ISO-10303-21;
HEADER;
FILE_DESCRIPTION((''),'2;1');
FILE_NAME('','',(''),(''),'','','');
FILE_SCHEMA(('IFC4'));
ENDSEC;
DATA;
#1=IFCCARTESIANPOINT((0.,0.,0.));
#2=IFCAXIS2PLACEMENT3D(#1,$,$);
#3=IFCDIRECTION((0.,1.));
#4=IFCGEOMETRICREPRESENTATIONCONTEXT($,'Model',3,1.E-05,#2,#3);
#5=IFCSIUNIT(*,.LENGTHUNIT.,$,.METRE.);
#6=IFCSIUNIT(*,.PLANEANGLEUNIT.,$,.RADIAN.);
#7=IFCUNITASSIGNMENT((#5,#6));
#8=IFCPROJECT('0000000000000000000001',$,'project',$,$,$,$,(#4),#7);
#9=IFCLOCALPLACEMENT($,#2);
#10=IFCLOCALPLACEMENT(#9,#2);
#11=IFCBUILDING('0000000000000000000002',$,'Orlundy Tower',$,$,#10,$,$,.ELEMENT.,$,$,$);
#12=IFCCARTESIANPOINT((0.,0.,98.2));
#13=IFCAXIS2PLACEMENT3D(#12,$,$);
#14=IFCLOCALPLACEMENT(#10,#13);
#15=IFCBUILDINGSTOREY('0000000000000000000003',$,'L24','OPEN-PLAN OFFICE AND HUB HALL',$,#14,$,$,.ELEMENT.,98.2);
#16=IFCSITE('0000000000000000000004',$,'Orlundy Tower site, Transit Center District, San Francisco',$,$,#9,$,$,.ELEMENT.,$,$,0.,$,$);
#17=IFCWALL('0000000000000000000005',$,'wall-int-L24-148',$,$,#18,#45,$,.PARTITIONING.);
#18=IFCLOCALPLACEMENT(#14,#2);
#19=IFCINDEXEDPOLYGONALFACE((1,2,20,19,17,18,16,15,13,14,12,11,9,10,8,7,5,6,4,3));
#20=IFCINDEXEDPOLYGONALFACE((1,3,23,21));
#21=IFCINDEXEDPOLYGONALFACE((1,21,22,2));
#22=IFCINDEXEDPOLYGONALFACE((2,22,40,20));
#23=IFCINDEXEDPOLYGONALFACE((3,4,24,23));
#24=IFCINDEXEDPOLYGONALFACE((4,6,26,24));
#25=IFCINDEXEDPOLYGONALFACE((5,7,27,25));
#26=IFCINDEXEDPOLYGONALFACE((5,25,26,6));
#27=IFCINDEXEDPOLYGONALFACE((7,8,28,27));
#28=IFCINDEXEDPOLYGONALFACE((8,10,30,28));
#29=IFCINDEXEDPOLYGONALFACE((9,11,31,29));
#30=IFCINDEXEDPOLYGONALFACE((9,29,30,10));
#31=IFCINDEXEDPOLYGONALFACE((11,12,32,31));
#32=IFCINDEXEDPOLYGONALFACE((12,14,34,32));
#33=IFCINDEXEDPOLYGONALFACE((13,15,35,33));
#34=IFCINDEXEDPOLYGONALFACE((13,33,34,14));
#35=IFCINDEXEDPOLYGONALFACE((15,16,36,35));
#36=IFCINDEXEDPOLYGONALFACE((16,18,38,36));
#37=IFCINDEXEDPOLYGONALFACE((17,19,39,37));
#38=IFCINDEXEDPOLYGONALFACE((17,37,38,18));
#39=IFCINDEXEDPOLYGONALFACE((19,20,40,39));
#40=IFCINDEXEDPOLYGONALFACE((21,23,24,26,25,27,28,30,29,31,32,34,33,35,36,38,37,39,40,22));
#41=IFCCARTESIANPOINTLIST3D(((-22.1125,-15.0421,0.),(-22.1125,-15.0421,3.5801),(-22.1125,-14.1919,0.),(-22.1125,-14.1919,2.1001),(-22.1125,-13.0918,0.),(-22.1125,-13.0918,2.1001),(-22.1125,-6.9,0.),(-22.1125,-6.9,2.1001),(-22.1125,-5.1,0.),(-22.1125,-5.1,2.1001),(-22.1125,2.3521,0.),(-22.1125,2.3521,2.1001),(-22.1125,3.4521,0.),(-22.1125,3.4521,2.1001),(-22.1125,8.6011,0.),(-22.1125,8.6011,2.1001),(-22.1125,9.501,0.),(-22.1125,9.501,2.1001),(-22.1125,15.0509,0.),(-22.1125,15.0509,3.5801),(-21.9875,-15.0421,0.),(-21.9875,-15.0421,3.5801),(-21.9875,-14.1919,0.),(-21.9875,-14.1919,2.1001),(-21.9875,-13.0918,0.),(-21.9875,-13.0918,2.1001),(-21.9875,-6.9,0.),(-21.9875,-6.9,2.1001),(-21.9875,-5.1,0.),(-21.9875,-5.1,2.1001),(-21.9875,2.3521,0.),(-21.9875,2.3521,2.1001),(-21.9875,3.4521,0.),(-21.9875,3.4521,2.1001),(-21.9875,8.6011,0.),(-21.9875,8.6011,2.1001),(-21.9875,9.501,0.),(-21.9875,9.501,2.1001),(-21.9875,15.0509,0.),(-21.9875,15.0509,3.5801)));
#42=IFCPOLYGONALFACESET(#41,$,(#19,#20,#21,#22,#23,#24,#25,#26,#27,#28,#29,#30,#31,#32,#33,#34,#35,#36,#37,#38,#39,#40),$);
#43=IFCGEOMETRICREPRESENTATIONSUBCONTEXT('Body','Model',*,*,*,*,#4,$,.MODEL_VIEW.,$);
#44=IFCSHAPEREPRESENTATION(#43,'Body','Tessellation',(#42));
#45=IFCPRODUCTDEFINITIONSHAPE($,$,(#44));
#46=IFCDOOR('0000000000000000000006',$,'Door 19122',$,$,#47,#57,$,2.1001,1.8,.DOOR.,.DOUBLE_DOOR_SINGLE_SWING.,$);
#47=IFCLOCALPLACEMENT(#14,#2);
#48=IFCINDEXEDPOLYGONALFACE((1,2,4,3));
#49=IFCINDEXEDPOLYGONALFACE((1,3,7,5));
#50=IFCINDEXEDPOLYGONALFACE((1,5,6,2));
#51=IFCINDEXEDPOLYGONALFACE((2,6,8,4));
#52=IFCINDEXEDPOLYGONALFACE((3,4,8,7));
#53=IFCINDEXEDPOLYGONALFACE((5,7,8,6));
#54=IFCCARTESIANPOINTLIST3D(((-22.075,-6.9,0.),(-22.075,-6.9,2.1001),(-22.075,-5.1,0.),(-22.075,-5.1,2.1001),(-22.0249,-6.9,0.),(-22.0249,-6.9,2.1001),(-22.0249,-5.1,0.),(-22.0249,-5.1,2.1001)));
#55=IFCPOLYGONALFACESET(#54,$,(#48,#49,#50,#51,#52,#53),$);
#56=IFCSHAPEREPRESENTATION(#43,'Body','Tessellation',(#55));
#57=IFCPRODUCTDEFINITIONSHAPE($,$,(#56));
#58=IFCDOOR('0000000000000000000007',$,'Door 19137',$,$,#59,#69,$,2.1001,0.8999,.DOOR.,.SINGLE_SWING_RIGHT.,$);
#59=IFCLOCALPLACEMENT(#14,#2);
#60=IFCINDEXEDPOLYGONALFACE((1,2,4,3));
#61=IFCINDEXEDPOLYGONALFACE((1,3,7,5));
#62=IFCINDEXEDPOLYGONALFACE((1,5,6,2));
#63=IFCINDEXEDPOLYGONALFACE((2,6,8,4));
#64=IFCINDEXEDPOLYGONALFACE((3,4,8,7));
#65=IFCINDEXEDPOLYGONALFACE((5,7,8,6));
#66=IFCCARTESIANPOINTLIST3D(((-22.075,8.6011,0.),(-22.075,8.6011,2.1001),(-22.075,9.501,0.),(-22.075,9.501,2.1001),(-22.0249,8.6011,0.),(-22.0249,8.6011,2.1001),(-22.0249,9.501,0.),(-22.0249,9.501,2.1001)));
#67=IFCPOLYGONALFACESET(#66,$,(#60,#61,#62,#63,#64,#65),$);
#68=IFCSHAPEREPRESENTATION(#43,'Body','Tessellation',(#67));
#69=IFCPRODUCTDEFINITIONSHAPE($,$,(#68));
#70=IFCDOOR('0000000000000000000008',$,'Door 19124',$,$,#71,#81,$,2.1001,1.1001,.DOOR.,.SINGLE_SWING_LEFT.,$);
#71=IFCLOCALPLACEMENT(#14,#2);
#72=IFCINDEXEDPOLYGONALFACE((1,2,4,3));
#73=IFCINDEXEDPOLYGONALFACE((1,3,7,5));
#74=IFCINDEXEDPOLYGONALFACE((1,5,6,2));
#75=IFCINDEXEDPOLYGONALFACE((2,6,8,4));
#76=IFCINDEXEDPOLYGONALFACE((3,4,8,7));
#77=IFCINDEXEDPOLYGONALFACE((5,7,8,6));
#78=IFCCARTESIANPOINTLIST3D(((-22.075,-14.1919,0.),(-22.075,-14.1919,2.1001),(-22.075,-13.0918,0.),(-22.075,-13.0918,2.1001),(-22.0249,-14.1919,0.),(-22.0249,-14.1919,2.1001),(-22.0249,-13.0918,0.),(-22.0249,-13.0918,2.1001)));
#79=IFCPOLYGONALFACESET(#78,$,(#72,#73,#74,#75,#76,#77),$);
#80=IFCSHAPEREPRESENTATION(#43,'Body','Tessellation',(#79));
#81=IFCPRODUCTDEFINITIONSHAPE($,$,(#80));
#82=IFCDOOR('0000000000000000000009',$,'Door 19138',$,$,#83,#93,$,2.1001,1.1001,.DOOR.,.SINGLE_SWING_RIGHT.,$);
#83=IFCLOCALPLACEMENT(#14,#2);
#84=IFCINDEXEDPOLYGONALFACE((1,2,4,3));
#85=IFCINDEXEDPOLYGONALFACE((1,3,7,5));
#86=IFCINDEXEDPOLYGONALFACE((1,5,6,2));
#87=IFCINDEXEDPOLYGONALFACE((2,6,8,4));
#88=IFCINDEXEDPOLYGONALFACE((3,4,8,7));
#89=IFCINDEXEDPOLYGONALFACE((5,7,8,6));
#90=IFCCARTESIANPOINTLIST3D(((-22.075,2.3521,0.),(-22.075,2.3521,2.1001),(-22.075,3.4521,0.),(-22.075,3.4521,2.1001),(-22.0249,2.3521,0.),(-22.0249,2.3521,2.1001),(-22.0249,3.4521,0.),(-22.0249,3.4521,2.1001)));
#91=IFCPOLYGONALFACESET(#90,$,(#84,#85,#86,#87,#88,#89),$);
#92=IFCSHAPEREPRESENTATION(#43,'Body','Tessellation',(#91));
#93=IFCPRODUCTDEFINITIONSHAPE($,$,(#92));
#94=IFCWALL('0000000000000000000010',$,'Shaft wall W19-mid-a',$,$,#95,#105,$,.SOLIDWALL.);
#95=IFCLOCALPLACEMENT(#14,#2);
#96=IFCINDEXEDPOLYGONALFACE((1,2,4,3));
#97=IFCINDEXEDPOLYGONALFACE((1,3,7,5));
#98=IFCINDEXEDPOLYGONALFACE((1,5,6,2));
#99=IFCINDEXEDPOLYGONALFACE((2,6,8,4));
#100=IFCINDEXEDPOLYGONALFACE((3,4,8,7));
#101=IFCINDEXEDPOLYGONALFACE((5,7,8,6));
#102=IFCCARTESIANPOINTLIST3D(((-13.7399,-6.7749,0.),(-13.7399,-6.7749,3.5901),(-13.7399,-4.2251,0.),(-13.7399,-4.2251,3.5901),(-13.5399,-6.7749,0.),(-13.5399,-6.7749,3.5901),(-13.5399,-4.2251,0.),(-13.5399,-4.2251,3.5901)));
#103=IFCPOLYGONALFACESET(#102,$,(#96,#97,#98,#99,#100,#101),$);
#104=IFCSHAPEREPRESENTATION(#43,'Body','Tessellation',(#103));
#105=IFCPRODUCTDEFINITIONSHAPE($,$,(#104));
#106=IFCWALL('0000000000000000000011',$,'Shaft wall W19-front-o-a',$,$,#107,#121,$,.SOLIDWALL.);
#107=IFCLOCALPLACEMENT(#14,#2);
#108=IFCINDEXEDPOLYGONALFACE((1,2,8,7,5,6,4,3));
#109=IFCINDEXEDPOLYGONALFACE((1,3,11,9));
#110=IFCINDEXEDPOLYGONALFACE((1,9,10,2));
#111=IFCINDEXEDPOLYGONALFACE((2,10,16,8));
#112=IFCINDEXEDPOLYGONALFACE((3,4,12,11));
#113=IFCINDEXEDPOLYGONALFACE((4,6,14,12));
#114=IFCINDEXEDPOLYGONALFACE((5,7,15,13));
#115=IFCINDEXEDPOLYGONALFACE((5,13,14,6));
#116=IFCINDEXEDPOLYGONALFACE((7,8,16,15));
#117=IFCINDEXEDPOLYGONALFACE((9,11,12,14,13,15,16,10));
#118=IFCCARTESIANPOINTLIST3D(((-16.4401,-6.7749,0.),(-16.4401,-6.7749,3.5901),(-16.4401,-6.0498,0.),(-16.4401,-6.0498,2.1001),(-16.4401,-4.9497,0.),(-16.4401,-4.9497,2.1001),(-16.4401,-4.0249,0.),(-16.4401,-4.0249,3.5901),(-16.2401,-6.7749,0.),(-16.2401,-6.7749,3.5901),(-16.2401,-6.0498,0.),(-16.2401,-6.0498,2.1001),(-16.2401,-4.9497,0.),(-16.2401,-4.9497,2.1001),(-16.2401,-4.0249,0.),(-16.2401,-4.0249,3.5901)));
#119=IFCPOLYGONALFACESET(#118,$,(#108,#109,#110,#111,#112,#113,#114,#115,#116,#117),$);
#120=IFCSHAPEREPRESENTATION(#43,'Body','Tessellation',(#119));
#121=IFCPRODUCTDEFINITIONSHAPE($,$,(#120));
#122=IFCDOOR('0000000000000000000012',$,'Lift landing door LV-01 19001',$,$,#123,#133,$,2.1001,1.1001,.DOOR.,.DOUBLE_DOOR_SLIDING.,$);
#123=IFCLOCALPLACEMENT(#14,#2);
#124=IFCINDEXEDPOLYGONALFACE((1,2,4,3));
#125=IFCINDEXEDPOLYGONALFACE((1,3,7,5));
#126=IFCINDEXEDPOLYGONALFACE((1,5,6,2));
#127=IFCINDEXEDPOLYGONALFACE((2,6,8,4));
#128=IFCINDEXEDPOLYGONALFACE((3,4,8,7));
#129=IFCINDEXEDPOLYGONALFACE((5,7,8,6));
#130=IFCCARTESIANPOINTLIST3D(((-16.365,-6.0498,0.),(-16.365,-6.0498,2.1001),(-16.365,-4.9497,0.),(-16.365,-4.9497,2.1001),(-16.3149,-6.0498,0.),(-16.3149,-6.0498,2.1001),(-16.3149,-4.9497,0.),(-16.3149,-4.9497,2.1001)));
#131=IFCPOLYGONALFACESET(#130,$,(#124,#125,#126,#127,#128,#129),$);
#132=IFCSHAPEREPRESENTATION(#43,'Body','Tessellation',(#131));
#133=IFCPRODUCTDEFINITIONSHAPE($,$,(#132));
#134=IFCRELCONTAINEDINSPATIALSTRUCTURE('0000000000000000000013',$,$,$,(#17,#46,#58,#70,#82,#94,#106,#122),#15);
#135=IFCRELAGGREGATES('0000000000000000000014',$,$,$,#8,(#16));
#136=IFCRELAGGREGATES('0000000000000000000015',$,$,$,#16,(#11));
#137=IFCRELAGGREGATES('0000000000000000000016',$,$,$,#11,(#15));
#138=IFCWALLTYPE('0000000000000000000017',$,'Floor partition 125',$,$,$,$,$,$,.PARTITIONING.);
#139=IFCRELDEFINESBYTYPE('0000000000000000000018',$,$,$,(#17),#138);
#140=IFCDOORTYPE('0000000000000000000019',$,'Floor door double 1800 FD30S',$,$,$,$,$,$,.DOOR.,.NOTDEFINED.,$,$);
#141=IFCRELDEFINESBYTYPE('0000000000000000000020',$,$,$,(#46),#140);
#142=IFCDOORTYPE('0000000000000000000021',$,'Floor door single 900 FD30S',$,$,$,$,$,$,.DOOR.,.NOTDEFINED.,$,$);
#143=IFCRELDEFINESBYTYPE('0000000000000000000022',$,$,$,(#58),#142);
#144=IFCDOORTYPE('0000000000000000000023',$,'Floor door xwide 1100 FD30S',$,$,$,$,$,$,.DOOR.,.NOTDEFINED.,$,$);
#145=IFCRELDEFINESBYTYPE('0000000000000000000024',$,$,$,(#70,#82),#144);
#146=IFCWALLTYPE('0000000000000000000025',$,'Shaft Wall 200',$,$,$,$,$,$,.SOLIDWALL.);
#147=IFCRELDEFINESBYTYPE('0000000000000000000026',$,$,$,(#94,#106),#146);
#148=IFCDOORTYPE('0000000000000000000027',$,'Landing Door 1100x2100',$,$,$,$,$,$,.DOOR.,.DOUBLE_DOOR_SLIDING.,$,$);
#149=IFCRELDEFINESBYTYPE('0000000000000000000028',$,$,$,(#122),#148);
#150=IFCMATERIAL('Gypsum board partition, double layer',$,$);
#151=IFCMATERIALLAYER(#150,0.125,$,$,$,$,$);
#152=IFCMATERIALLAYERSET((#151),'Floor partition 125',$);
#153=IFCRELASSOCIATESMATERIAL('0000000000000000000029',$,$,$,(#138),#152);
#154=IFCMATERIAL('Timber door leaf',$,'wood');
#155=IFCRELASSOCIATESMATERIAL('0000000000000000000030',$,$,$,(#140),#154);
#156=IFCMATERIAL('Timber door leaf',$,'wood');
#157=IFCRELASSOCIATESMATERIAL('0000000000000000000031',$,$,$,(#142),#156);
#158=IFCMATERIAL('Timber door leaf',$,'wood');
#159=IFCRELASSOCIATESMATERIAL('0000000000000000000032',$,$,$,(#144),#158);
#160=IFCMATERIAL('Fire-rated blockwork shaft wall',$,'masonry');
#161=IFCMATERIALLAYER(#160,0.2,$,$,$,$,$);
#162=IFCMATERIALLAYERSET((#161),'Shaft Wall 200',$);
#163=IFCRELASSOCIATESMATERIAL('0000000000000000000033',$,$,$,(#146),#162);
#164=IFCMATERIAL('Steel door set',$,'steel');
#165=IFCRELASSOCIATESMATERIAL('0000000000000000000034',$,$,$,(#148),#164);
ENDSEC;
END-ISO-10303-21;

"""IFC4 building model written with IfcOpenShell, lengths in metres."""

from ifc_helpers import new_model, si_unit, direction, frame, frame_2d, origin, place, context, subcontext, project, spatial, rectangle, extrude, material, layer, layer_set, type_object, element, fill, save


model = new_model("IFC4")

# Units and contexts
model_context = context("Model", 3, precision=1e-05, world=origin(), true_north=direction((0.0, 1.0)))
body_context = subcontext(model_context, "Body", "Model", "MODEL_VIEW")
ifc_project = project(units=[si_unit("LENGTHUNIT", "METRE"), si_unit("PLANEANGLEUNIT", "RADIAN")], contexts=[model_context])

# Site, building, storey
site_placement = place(None, origin())
site = spatial("IfcSite", under=ifc_project, at=site_placement, Name="Orlundy Tower site, Transit Center District, San Francisco", CompositionType="ELEMENT", RefElevation=0.0)
building_placement = place(site_placement, origin())
building = spatial("IfcBuilding", under=site, at=building_placement, Name="Orlundy Tower", CompositionType="ELEMENT")
storey_placement = place(building_placement, frame((0.0, 0.0, 98.2)))
storey = spatial("IfcBuildingStorey", under=building, at=storey_placement, Name="L24", Description="OPEN-PLAN OFFICE AND HUB HALL", CompositionType="ELEMENT", Elevation=98.2)

# Shared definitions
ifc_material_1 = material(Name="Gypsum board partition, double layer")
ifc_layer_1 = layer(ifc_material_1, 0.125)
ifc_layer_set_1 = layer_set([ifc_layer_1], Name="Floor partition 125")
wall_type_1 = type_object("IfcWallType", Name="Floor partition 125", PredefinedType="PARTITIONING", material=ifc_layer_set_1)

# Wall, openings, doors
wall_1_placement = place(storey_placement, frame((-22.05, -15.042, 0.0), z_axis=(0.0, 0.0, 1.0), x_axis=(0.0, 1.0, 0.0)))
wall_1 = element("IfcWall", 1, at=wall_1_placement, inside=storey, type_object=wall_type_1, Name="wall-int-L24-148", PredefinedType="PARTITIONING", context=body_context, shape_type="SweptSolid", body=[
    extrude(rectangle(XDim=30.093, YDim=0.125, at=frame_2d((15.0464, 0.0))), origin(), (0.0, 0.0, 1.0), 3.5801),
])
opening_1_placement = place(wall_1_placement, frame((8.1421, 0.0, 0.0)))
opening_1 = element("IfcOpeningElement", 2, at=opening_1_placement, cuts=wall_1, PredefinedType="OPENING", context=body_context, shape_type="SweptSolid", body=[
    extrude(rectangle(XDim=1.8, YDim=2.1001, at=frame_2d((0.8999, 1.05))), frame((0.0, 0.0725, 0.0), z_axis=(0.0, -1.0, 0.0), x_axis=(1.0, 0.0, 0.0)), (0.0, 0.0, 1.0), 0.145),
])
opening_2_placement = place(wall_1_placement, frame((0.8501, 0.0, 0.0)))
opening_2 = element("IfcOpeningElement", 3, at=opening_2_placement, cuts=wall_1, PredefinedType="OPENING", context=body_context, shape_type="SweptSolid", body=[
    extrude(rectangle(XDim=1.1001, YDim=2.1001, at=frame_2d((0.55, 1.05))), frame((0.0, 0.0725, 0.0), z_axis=(0.0, -1.0, 0.0), x_axis=(1.0, 0.0, 0.0)), (0.0, 0.0, 1.0), 0.145),
])
opening_3_placement = place(wall_1_placement, frame((23.6431, 0.0, 0.0)))
opening_3 = element("IfcOpeningElement", 4, at=opening_3_placement, cuts=wall_1, PredefinedType="OPENING", context=body_context, shape_type="SweptSolid", body=[
    extrude(rectangle(XDim=0.8999, YDim=2.1001, at=frame_2d((0.45, 1.05))), frame((0.0, 0.0725, 0.0), z_axis=(0.0, -1.0, 0.0), x_axis=(1.0, 0.0, 0.0)), (0.0, 0.0, 1.0), 0.145),
])
opening_4_placement = place(wall_1_placement, frame((17.394, 0.0, 0.0)))
opening_4 = element("IfcOpeningElement", 5, at=opening_4_placement, cuts=wall_1, PredefinedType="OPENING", context=body_context, shape_type="SweptSolid", body=[
    extrude(rectangle(XDim=1.1001, YDim=2.1001, at=frame_2d((0.55, 1.05))), frame((0.0, 0.0725, 0.0), z_axis=(0.0, -1.0, 0.0), x_axis=(1.0, 0.0, 0.0)), (0.0, 0.0, 1.0), 0.145),
])
ifc_material_2 = material(Name="Timber door leaf", Category="wood")
door_type_1 = type_object("IfcDoorType", Name="Floor door double 1800 FD30S", OperationType="NOTDEFINED", PredefinedType="DOOR", material=ifc_material_2)
door_1_placement = place(opening_1_placement, origin())
door_1 = element("IfcDoor", 6, at=door_1_placement, inside=storey, type_object=door_type_1, Name="Door 19122", OperationType="DOUBLE_DOOR_SINGLE_SWING", OverallHeight=2.1001, OverallWidth=1.8, PredefinedType="DOOR", context=body_context, shape_type="SweptSolid", body=[
    extrude(rectangle(XDim=1.8, YDim=2.1001, at=frame_2d((0.8999, 1.05))), frame((0.0, 0.0249, 0.0), z_axis=(0.0, -1.0, 0.0), x_axis=(1.0, 0.0, 0.0)), (0.0, 0.0, 1.0), 0.05),
])
fill(opening_1, door_1)
ifc_material_3 = material(Name="Timber door leaf", Category="wood")
door_type_2 = type_object("IfcDoorType", Name="Floor door single 900 FD30S", OperationType="NOTDEFINED", PredefinedType="DOOR", material=ifc_material_3)
door_2_placement = place(opening_3_placement, origin())
door_2 = element("IfcDoor", 7, at=door_2_placement, inside=storey, type_object=door_type_2, Name="Door 19137", OperationType="SINGLE_SWING_RIGHT", OverallHeight=2.1001, OverallWidth=0.8999, PredefinedType="DOOR", context=body_context, shape_type="SweptSolid", body=[
    extrude(rectangle(XDim=0.8999, YDim=2.1001, at=frame_2d((0.45, 1.05))), frame((0.0, 0.0249, 0.0), z_axis=(0.0, -1.0, 0.0), x_axis=(1.0, 0.0, 0.0)), (0.0, 0.0, 1.0), 0.05),
])
fill(opening_3, door_2)
ifc_material_4 = material(Name="Timber door leaf", Category="wood")
door_type_3 = type_object("IfcDoorType", Name="Floor door xwide 1100 FD30S", OperationType="NOTDEFINED", PredefinedType="DOOR", material=ifc_material_4)
door_3_placement = place(opening_2_placement, origin())
door_3 = element("IfcDoor", 8, at=door_3_placement, inside=storey, type_object=door_type_3, Name="Door 19124", OperationType="SINGLE_SWING_LEFT", OverallHeight=2.1001, OverallWidth=1.1001, PredefinedType="DOOR", context=body_context, shape_type="SweptSolid", body=[
    extrude(rectangle(XDim=1.1001, YDim=2.1001, at=frame_2d((0.55, 1.05))), frame((0.0, 0.0249, 0.0), z_axis=(0.0, -1.0, 0.0), x_axis=(1.0, 0.0, 0.0)), (0.0, 0.0, 1.0), 0.05),
])
fill(opening_2, door_3)
door_4_placement = place(opening_4_placement, origin())
door_4 = element("IfcDoor", 9, at=door_4_placement, inside=storey, type_object=door_type_3, Name="Door 19138", OperationType="SINGLE_SWING_RIGHT", OverallHeight=2.1001, OverallWidth=1.1001, PredefinedType="DOOR", context=body_context, shape_type="SweptSolid", body=[
    extrude(rectangle(XDim=1.1001, YDim=2.1001, at=frame_2d((0.55, 1.05))), frame((0.0, 0.0249, 0.0), z_axis=(0.0, -1.0, 0.0), x_axis=(1.0, 0.0, 0.0)), (0.0, 0.0, 1.0), 0.05),
])
fill(opening_4, door_4)

# Wall
ifc_material_5 = material(Name="Fire-rated blockwork shaft wall", Category="masonry")
ifc_layer_2 = layer(ifc_material_5, 0.2)
ifc_layer_set_2 = layer_set([ifc_layer_2], Name="Shaft Wall 200")
wall_type_2 = type_object("IfcWallType", Name="Shaft Wall 200", PredefinedType="SOLIDWALL", material=ifc_layer_set_2)
wall_2_placement = place(storey_placement, frame((-13.6399, -6.7749, 0.0), z_axis=(0.0, 0.0, 1.0), x_axis=(0.0, 1.0, 0.0)))
element("IfcWall", 10, at=wall_2_placement, inside=storey, type_object=wall_type_2, Name="Shaft wall W19-mid-a", PredefinedType="SOLIDWALL", context=body_context, shape_type="SweptSolid", body=[
    extrude(rectangle(XDim=2.5498, YDim=0.2, at=frame_2d((1.2749, 0.0))), origin(), (0.0, 0.0, 1.0), 3.5901),
])

# Wall, opening, door
wall_3_placement = place(storey_placement, frame((-16.3401, -6.7749, 0.0), z_axis=(0.0, 0.0, 1.0), x_axis=(0.0, 1.0, 0.0)))
wall_3 = element("IfcWall", 11, at=wall_3_placement, inside=storey, type_object=wall_type_2, Name="Shaft wall W19-front-o-a", PredefinedType="SOLIDWALL", context=body_context, shape_type="SweptSolid", body=[
    extrude(rectangle(XDim=2.75, YDim=0.2, at=frame_2d((1.375, 0.0))), origin(), (0.0, 0.0, 1.0), 3.5901),
])
opening_5_placement = place(wall_3_placement, frame((0.7251, 0.0, 0.0)))
opening_5 = element("IfcOpeningElement", 12, at=opening_5_placement, cuts=wall_3, PredefinedType="OPENING", context=body_context, shape_type="SweptSolid", body=[
    extrude(rectangle(XDim=1.1001, YDim=2.1001, at=frame_2d((0.55, 1.05))), frame((0.0, 0.1101, 0.0), z_axis=(0.0, -1.0, 0.0), x_axis=(1.0, 0.0, 0.0)), (0.0, 0.0, 1.0), 0.2202),
])
ifc_material_6 = material(Name="Steel door set", Category="steel")
door_type_4 = type_object("IfcDoorType", Name="Landing Door 1100x2100", OperationType="DOUBLE_DOOR_SLIDING", PredefinedType="DOOR", material=ifc_material_6)
door_5_placement = place(opening_5_placement, origin())
door_5 = element("IfcDoor", 13, at=door_5_placement, inside=storey, type_object=door_type_4, Name="Lift landing door LV-01 19001", OperationType="DOUBLE_DOOR_SLIDING", OverallHeight=2.1001, OverallWidth=1.1001, PredefinedType="DOOR", context=body_context, shape_type="SweptSolid", body=[
    extrude(rectangle(XDim=1.1001, YDim=2.1001, at=frame_2d((0.55, 1.05))), frame((0.0, 0.0249, 0.0), z_axis=(0.0, -1.0, 0.0), x_axis=(1.0, 0.0, 0.0)), (0.0, 0.0, 1.0), 0.05),
])
fill(opening_5, door_5)

save(model, "model.ifc")
